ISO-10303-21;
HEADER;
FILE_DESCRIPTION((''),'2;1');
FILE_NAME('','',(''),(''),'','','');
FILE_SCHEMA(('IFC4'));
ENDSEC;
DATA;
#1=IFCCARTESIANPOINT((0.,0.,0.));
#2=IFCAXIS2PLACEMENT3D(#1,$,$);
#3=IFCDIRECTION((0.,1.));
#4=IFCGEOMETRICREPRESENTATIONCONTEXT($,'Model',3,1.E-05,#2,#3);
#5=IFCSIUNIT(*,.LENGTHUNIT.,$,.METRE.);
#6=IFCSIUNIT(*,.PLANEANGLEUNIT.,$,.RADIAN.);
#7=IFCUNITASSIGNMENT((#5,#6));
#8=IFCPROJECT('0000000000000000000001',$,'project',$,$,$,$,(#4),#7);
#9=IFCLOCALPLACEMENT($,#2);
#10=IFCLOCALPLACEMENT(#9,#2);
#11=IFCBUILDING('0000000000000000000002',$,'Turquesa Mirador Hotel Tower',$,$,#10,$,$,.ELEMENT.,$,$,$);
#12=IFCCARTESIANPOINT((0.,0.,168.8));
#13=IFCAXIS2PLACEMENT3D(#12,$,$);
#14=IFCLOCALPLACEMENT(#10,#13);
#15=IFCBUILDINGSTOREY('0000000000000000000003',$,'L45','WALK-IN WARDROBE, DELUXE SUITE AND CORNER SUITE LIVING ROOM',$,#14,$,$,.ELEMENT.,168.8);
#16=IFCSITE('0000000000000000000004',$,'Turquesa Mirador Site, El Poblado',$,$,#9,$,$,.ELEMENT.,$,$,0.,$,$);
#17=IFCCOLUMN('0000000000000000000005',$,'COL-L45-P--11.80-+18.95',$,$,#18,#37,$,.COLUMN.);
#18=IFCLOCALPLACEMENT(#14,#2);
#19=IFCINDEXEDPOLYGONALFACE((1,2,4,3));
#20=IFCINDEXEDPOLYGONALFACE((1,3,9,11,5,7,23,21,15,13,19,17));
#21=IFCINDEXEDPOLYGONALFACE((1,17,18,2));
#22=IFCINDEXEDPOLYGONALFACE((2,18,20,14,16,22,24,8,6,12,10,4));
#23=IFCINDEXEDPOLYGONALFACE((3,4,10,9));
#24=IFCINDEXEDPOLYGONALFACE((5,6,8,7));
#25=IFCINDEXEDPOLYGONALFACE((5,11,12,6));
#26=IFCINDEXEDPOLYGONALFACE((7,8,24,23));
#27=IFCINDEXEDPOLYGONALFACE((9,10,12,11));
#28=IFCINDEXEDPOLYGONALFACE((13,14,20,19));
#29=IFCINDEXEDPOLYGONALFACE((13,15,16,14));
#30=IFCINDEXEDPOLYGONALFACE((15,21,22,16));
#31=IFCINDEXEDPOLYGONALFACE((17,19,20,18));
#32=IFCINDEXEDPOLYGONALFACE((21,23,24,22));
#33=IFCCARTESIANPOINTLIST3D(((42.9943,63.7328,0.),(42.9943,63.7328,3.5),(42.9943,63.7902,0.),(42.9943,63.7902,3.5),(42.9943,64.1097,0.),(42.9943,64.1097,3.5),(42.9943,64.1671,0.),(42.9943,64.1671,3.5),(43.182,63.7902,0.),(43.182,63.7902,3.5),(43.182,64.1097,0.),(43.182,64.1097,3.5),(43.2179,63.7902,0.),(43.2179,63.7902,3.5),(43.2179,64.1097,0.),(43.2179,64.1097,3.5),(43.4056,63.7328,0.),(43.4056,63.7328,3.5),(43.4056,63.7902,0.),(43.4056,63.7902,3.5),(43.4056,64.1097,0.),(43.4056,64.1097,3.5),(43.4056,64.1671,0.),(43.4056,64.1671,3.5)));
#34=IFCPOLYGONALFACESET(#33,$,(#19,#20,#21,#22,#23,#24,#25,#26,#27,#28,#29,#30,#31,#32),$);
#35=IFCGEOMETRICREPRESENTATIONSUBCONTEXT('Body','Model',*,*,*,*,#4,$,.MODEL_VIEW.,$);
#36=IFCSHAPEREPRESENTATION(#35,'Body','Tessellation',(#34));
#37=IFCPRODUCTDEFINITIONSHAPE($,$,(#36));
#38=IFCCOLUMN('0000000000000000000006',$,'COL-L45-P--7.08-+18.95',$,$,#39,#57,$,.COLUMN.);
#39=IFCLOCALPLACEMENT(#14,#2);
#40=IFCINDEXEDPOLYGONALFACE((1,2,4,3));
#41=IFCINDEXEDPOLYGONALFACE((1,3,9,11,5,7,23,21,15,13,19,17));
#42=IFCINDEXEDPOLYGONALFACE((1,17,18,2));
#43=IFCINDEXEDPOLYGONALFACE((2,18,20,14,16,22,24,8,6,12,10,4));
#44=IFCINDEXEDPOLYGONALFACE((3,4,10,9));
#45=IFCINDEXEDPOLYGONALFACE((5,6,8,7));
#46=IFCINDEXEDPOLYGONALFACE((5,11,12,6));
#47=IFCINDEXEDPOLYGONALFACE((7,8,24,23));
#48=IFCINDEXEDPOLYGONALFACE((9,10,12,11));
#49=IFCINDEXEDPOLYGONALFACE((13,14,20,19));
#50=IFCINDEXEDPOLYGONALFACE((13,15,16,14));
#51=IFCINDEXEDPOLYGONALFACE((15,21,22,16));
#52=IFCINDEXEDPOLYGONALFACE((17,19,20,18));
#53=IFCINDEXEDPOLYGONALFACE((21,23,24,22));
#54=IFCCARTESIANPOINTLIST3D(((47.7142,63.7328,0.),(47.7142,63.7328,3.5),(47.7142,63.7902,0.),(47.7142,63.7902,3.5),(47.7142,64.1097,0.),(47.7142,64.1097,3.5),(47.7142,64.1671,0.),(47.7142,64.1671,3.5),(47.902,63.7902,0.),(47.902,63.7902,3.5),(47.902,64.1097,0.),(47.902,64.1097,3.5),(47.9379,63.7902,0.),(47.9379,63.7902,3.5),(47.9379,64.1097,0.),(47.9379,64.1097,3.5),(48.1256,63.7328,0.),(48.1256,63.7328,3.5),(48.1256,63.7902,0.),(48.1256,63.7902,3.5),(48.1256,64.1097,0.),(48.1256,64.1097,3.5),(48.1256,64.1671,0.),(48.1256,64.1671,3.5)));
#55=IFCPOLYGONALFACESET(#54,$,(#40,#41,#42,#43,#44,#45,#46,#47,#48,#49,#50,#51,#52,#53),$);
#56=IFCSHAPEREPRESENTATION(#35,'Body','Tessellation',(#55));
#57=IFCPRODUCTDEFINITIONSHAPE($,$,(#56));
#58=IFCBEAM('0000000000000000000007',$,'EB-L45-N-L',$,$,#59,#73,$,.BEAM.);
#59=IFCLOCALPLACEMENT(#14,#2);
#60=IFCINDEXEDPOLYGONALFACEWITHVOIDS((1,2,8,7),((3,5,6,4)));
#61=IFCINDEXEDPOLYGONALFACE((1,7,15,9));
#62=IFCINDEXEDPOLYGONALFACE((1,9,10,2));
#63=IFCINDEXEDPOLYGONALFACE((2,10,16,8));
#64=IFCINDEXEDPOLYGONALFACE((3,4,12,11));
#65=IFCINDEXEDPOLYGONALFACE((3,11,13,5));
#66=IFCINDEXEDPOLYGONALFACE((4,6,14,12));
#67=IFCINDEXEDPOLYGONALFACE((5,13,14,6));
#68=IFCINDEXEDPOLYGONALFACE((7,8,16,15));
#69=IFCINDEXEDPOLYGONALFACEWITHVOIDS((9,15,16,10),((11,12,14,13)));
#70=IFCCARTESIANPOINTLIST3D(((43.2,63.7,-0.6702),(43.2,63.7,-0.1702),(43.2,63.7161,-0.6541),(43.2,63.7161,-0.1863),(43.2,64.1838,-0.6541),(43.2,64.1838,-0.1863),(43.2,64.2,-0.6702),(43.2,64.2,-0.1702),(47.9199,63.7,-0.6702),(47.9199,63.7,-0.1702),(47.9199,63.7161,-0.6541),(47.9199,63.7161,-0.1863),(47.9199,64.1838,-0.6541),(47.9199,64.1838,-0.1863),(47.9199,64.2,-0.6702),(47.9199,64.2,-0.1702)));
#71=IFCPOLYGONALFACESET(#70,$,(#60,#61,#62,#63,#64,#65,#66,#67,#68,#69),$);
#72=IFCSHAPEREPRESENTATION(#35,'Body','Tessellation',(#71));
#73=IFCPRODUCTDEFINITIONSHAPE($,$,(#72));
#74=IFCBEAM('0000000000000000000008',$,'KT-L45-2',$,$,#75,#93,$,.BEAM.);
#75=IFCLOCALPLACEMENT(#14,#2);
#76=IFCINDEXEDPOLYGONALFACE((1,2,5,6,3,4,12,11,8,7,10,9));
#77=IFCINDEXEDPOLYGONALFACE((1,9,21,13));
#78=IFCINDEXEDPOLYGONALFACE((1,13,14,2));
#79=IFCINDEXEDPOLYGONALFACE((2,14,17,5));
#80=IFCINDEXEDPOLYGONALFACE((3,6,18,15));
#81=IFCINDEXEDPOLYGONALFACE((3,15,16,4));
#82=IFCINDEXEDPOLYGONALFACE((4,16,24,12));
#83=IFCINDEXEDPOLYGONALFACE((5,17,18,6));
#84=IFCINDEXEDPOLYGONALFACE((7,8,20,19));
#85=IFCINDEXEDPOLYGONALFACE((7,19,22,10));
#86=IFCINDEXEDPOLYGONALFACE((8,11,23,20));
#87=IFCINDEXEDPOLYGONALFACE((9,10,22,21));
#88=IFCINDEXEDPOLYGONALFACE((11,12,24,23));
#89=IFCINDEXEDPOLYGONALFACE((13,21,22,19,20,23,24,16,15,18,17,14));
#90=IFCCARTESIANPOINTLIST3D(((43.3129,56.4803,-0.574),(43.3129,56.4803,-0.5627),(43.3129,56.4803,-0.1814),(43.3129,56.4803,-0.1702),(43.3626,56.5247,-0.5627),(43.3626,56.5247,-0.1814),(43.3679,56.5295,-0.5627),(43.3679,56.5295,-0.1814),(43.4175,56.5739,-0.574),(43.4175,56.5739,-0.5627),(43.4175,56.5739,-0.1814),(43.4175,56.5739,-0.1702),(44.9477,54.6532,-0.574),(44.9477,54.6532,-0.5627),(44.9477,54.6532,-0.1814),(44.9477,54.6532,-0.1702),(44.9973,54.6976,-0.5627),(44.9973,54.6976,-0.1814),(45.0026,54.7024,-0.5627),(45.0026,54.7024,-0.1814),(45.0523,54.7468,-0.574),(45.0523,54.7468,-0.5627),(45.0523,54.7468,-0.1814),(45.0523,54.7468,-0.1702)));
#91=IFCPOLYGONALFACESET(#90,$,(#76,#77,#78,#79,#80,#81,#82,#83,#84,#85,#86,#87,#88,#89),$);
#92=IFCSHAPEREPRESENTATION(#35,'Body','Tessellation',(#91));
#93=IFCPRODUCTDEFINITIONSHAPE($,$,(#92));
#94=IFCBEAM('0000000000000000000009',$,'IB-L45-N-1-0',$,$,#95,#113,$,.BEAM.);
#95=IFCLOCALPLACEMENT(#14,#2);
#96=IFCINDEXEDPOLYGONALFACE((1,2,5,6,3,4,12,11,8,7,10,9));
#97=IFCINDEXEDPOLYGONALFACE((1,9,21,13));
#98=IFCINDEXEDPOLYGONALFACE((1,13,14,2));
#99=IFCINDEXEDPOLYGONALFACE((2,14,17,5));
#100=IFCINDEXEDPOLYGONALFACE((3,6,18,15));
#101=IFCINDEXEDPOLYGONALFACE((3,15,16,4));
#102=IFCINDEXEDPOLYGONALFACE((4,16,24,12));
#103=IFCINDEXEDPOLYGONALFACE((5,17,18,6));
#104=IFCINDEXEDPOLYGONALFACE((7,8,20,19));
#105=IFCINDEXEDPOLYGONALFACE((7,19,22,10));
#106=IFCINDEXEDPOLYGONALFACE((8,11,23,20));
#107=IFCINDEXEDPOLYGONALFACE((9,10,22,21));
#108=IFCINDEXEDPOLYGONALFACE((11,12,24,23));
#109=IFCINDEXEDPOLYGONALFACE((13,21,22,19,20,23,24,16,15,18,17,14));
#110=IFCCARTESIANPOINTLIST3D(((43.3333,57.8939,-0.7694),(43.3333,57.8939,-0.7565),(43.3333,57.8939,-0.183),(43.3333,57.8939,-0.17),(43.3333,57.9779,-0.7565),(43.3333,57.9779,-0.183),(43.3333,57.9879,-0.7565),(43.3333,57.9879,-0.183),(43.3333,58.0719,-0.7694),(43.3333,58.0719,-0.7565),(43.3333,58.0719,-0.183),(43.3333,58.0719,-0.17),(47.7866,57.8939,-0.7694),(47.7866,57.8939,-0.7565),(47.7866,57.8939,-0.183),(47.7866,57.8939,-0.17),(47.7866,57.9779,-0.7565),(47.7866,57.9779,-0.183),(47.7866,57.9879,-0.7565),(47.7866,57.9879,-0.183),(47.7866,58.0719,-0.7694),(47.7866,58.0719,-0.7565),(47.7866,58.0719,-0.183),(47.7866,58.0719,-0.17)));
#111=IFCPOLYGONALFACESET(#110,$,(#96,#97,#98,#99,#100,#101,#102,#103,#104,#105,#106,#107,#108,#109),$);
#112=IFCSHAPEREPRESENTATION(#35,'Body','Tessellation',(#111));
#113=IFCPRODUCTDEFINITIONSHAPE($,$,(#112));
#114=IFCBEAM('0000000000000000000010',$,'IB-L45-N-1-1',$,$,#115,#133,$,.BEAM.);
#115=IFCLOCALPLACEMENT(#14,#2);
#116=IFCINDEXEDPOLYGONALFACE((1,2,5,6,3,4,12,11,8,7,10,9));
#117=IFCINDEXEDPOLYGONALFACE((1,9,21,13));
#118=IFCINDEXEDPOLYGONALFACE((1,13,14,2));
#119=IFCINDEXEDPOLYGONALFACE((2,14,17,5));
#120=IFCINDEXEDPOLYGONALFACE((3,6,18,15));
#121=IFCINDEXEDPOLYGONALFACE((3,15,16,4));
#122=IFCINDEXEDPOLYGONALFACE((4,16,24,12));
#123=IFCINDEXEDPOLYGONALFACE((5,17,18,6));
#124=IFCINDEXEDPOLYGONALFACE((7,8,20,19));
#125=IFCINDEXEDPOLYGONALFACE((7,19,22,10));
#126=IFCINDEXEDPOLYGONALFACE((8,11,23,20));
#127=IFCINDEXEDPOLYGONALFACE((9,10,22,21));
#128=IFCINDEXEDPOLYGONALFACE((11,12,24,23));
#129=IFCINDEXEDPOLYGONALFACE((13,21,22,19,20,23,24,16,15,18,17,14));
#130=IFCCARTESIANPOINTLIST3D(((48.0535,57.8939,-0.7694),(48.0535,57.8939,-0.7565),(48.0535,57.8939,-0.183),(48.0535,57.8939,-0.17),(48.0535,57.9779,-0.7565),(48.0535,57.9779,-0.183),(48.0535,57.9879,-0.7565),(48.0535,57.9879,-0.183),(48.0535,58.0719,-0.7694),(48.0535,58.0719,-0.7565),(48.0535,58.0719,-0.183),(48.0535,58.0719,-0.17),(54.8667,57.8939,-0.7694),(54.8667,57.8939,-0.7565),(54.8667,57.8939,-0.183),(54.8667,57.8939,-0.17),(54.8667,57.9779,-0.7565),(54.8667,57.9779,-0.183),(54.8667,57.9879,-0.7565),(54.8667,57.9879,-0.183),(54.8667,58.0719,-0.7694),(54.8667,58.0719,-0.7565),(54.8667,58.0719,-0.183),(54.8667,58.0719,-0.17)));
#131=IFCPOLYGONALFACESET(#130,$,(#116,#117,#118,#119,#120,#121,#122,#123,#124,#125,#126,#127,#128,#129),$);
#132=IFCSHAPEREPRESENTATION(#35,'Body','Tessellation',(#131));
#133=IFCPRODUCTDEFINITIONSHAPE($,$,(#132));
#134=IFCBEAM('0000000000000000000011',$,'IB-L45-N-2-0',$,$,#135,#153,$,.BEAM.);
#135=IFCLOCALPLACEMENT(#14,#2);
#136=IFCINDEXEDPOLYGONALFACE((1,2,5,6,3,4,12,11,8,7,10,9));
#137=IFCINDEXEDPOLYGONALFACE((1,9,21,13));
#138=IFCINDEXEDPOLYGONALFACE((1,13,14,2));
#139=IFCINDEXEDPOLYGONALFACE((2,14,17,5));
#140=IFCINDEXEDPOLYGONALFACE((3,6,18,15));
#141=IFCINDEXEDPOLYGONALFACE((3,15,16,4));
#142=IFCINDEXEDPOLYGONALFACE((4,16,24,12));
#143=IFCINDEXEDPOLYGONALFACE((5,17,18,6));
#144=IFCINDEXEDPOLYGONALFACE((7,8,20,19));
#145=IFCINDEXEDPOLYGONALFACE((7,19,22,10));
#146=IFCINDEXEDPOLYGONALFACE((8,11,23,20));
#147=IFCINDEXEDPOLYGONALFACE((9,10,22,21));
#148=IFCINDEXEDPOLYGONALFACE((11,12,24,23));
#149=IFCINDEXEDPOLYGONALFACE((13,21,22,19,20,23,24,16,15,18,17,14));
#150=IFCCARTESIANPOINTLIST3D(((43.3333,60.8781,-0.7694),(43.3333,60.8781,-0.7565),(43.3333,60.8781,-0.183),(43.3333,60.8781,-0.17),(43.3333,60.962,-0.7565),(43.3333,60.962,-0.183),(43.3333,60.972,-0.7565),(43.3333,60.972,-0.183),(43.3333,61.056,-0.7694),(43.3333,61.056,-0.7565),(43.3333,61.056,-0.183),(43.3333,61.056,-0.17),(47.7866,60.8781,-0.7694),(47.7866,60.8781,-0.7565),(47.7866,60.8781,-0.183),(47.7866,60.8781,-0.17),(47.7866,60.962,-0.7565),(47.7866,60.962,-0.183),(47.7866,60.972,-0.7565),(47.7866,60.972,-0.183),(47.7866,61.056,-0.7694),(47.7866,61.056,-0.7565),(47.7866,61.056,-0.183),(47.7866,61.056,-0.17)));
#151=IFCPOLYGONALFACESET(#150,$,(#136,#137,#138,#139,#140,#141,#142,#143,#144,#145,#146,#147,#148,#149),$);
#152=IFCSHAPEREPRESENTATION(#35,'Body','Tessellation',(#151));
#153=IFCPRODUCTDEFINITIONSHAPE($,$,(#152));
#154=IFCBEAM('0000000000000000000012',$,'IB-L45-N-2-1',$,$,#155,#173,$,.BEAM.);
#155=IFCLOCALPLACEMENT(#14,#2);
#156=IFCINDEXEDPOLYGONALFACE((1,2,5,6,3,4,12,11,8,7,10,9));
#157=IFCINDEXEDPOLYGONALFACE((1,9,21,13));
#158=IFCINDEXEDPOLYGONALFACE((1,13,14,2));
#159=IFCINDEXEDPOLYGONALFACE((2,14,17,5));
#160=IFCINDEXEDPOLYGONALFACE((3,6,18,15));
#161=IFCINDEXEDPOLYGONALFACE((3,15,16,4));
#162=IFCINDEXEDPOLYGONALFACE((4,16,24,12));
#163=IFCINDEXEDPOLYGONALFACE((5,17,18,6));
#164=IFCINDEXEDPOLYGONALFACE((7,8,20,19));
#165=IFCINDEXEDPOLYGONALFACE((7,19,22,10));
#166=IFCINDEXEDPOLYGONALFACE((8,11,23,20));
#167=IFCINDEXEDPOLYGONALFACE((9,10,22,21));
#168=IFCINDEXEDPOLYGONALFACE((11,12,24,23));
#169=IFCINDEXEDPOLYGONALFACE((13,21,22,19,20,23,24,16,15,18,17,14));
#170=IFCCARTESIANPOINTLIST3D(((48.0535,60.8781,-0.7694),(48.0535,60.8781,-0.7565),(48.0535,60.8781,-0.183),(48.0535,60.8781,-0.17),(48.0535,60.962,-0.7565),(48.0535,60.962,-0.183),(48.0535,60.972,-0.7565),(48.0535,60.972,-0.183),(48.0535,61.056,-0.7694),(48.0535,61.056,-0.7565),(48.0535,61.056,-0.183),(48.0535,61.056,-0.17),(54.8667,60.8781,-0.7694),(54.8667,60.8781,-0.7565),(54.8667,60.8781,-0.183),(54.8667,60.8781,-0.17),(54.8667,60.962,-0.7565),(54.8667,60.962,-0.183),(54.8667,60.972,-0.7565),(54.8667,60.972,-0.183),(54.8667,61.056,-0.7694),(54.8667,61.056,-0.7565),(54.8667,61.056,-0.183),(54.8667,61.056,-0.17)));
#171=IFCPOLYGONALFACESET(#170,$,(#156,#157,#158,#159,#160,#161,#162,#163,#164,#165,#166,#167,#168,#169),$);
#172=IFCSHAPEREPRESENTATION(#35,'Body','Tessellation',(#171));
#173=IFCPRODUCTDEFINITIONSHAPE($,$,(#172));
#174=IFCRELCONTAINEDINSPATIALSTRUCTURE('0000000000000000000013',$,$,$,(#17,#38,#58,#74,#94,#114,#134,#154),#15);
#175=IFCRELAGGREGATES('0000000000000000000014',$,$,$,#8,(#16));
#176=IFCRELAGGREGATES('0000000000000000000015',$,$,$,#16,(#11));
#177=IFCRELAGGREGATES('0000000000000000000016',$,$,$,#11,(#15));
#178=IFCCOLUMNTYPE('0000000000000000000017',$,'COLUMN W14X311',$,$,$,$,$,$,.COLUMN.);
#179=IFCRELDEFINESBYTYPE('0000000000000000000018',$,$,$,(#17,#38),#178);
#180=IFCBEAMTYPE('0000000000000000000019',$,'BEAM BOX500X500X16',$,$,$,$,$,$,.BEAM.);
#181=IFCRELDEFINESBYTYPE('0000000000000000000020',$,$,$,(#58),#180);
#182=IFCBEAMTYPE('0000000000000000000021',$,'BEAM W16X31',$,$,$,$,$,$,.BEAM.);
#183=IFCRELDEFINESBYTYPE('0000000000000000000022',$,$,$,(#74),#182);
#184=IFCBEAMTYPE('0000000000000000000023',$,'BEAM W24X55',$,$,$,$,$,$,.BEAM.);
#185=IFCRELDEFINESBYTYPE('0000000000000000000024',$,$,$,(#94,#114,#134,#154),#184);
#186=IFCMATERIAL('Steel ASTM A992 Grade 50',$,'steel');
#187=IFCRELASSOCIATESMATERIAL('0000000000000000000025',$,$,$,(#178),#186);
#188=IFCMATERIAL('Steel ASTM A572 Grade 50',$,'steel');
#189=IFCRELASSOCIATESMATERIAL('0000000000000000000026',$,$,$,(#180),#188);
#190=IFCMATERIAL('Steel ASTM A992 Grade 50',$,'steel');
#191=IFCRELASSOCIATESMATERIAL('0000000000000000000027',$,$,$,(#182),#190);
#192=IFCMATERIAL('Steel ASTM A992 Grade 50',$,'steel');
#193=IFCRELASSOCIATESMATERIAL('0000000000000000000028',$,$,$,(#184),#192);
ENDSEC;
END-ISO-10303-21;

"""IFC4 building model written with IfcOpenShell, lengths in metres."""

from ifc_helpers import new_model, si_unit, direction, frame, origin, origin_2d, place, context, subcontext, project, spatial, hollow_rectangle, i_section, extrude, material, material_profile, profile_set, type_object, element, save


model = new_model("IFC4")

# Units and contexts
model_context = context("Model", 3, precision=1e-05, world=origin(), true_north=direction((0.0, 1.0)))
body_context = subcontext(model_context, "Body", "Model", "MODEL_VIEW")
ifc_project = project(units=[si_unit("LENGTHUNIT", "METRE"), si_unit("PLANEANGLEUNIT", "RADIAN")], contexts=[model_context])

# Site, building, storey
site_placement = place(None, origin())
site = spatial("IfcSite", under=ifc_project, at=site_placement, Name="Turquesa Mirador Site, El Poblado", CompositionType="ELEMENT", RefElevation=0.0)
building_placement = place(site_placement, origin())
building = spatial("IfcBuilding", under=site, at=building_placement, Name="Turquesa Mirador Hotel Tower", CompositionType="ELEMENT")
storey_placement = place(building_placement, frame((0.0, 0.0, 168.8)))
storey = spatial("IfcBuildingStorey", under=building, at=storey_placement, Name="L45", Description="WALK-IN WARDROBE, DELUXE SUITE AND CORNER SUITE LIVING ROOM", CompositionType="ELEMENT", Elevation=168.8)

# Columns
ifc_material_1 = material(Name="Steel ASTM A992 Grade 50", Category="steel")
ifc_material_profile_1 = material_profile(ifc_material_1, i_section(OverallWidth=0.4114, OverallDepth=0.4343, WebThickness=0.0359, FlangeThickness=0.0574, at=origin_2d()), Name="W14X311")
ifc_profile_set_1 = profile_set([ifc_material_profile_1], Name="Steel ASTM A992 Grade 50")
column_type = type_object("IfcColumnType", Name="COLUMN W14X311", PredefinedType="COLUMN", material=ifc_profile_set_1)
for number, where, z_axis, x_axis, name in (
    (1, (43.2, 63.95, 0.0), (0.0, 0.0, 1.0), (1.0, 0.0, 0.0), "COL-L45-P--11.80-+18.95"),
    (2, (47.9199, 63.95, 0.0), (0.0, 0.0, 1.0), (1.0, 0.0, 0.0), "COL-L45-P--7.08-+18.95"),
):
    element("IfcColumn", number, at=place(storey_placement, frame(where, z_axis=z_axis, x_axis=x_axis)), inside=storey, type_object=column_type, Name=name, PredefinedType="COLUMN", context=body_context, shape_type="SweptSolid", body=[
        extrude(i_section(OverallWidth=0.4114, OverallDepth=0.4343, WebThickness=0.0359, FlangeThickness=0.0574, at=origin_2d()), origin(), (0.0, 0.0, 1.0), 3.5),
    ])

# Beams
ifc_material_2 = material(Name="Steel ASTM A572 Grade 50", Category="steel")
ifc_material_profile_2 = material_profile(ifc_material_2, hollow_rectangle(XDim=0.5, YDim=0.5, WallThickness=0.0161, at=origin_2d()), Name="BOX500X500X16")
ifc_profile_set_2 = profile_set([ifc_material_profile_2], Name="Steel ASTM A572 Grade 50")
beam_type_1 = type_object("IfcBeamType", Name="BEAM BOX500X500X16", PredefinedType="BEAM", material=ifc_profile_set_2)
beam_1_placement = place(storey_placement, frame((43.2, 63.95, -0.4202), z_axis=(1.0, 0.0, 0.0), x_axis=(0.0, 1.0, 0.0)))
element("IfcBeam", 3, at=beam_1_placement, inside=storey, type_object=beam_type_1, Name="EB-L45-N-L", PredefinedType="BEAM", context=body_context, shape_type="SweptSolid", body=[
    extrude(hollow_rectangle(XDim=0.5, YDim=0.5, WallThickness=0.0161, at=origin_2d()), origin(), (0.0, 0.0, 1.0), 4.72),
])
ifc_material_3 = material(Name="Steel ASTM A992 Grade 50", Category="steel")
ifc_material_profile_3 = material_profile(ifc_material_3, i_section(OverallWidth=0.1404, OverallDepth=0.4038, WebThickness=0.0071, FlangeThickness=0.0112, at=origin_2d()), Name="W16X31")
ifc_profile_set_3 = profile_set([ifc_material_profile_3], Name="Steel ASTM A992 Grade 50")
beam_type_2 = type_object("IfcBeamType", Name="BEAM W16X31", PredefinedType="BEAM", material=ifc_profile_set_3)
beam_2_placement = place(storey_placement, frame((43.3652, 56.5271, -0.3721), z_axis=(0.666783, -0.745252, 0.0), x_axis=(0.745252, 0.666783, 0.0)))
element("IfcBeam", 4, at=beam_2_placement, inside=storey, type_object=beam_type_2, Name="KT-L45-2", PredefinedType="BEAM", context=body_context, shape_type="SweptSolid", body=[
    extrude(i_section(OverallWidth=0.1404, OverallDepth=0.4038, WebThickness=0.0071, FlangeThickness=0.0112, at=origin_2d()), origin(), (0.0, 0.0, 1.0), 2.4517),
])
ifc_material_4 = material(Name="Steel ASTM A992 Grade 50", Category="steel")
ifc_material_profile_4 = material_profile(ifc_material_4, i_section(OverallWidth=0.178, OverallDepth=0.5994, WebThickness=0.01, FlangeThickness=0.0129, at=origin_2d()), Name="W24X55")
ifc_profile_set_4 = profile_set([ifc_material_profile_4], Name="Steel ASTM A992 Grade 50")
beam_type_3 = type_object("IfcBeamType", Name="BEAM W24X55", PredefinedType="BEAM", material=ifc_profile_set_4)
beam_3_placement = place(storey_placement, frame((43.3333, 57.9829, -0.4697), z_axis=(1.0, 0.0, 0.0), x_axis=(0.0, 1.0, 0.0)))
element("IfcBeam", 5, at=beam_3_placement, inside=storey, type_object=beam_type_3, Name="IB-L45-N-1-0", PredefinedType="BEAM", context=body_context, shape_type="SweptSolid", body=[
    extrude(i_section(OverallWidth=0.178, OverallDepth=0.5994, WebThickness=0.01, FlangeThickness=0.0129, at=origin_2d()), origin(), (0.0, 0.0, 1.0), 4.4534),
])
beam_4_placement = place(storey_placement, frame((48.0535, 57.9829, -0.4697), z_axis=(1.0, 0.0, 0.0), x_axis=(0.0, 1.0, 0.0)))
element("IfcBeam", 6, at=beam_4_placement, inside=storey, type_object=beam_type_3, Name="IB-L45-N-1-1", PredefinedType="BEAM", context=body_context, shape_type="SweptSolid", body=[
    extrude(i_section(OverallWidth=0.178, OverallDepth=0.5994, WebThickness=0.01, FlangeThickness=0.0129, at=origin_2d()), origin(), (0.0, 0.0, 1.0), 6.8132),
])
beam_5_placement = place(storey_placement, frame((43.3333, 60.967, -0.4697), z_axis=(1.0, 0.0, 0.0), x_axis=(0.0, 1.0, 0.0)))
element("IfcBeam", 7, at=beam_5_placement, inside=storey, type_object=beam_type_3, Name="IB-L45-N-2-0", PredefinedType="BEAM", context=body_context, shape_type="SweptSolid", body=[
    extrude(i_section(OverallWidth=0.178, OverallDepth=0.5994, WebThickness=0.01, FlangeThickness=0.0129, at=origin_2d()), origin(), (0.0, 0.0, 1.0), 4.4534),
])
beam_6_placement = place(storey_placement, frame((48.0535, 60.967, -0.4697), z_axis=(1.0, 0.0, 0.0), x_axis=(0.0, 1.0, 0.0)))
element("IfcBeam", 8, at=beam_6_placement, inside=storey, type_object=beam_type_3, Name="IB-L45-N-2-1", PredefinedType="BEAM", context=body_context, shape_type="SweptSolid", body=[
    extrude(i_section(OverallWidth=0.178, OverallDepth=0.5994, WebThickness=0.01, FlangeThickness=0.0129, at=origin_2d()), origin(), (0.0, 0.0, 1.0), 6.8132),
])

save(model, "model.ifc")
